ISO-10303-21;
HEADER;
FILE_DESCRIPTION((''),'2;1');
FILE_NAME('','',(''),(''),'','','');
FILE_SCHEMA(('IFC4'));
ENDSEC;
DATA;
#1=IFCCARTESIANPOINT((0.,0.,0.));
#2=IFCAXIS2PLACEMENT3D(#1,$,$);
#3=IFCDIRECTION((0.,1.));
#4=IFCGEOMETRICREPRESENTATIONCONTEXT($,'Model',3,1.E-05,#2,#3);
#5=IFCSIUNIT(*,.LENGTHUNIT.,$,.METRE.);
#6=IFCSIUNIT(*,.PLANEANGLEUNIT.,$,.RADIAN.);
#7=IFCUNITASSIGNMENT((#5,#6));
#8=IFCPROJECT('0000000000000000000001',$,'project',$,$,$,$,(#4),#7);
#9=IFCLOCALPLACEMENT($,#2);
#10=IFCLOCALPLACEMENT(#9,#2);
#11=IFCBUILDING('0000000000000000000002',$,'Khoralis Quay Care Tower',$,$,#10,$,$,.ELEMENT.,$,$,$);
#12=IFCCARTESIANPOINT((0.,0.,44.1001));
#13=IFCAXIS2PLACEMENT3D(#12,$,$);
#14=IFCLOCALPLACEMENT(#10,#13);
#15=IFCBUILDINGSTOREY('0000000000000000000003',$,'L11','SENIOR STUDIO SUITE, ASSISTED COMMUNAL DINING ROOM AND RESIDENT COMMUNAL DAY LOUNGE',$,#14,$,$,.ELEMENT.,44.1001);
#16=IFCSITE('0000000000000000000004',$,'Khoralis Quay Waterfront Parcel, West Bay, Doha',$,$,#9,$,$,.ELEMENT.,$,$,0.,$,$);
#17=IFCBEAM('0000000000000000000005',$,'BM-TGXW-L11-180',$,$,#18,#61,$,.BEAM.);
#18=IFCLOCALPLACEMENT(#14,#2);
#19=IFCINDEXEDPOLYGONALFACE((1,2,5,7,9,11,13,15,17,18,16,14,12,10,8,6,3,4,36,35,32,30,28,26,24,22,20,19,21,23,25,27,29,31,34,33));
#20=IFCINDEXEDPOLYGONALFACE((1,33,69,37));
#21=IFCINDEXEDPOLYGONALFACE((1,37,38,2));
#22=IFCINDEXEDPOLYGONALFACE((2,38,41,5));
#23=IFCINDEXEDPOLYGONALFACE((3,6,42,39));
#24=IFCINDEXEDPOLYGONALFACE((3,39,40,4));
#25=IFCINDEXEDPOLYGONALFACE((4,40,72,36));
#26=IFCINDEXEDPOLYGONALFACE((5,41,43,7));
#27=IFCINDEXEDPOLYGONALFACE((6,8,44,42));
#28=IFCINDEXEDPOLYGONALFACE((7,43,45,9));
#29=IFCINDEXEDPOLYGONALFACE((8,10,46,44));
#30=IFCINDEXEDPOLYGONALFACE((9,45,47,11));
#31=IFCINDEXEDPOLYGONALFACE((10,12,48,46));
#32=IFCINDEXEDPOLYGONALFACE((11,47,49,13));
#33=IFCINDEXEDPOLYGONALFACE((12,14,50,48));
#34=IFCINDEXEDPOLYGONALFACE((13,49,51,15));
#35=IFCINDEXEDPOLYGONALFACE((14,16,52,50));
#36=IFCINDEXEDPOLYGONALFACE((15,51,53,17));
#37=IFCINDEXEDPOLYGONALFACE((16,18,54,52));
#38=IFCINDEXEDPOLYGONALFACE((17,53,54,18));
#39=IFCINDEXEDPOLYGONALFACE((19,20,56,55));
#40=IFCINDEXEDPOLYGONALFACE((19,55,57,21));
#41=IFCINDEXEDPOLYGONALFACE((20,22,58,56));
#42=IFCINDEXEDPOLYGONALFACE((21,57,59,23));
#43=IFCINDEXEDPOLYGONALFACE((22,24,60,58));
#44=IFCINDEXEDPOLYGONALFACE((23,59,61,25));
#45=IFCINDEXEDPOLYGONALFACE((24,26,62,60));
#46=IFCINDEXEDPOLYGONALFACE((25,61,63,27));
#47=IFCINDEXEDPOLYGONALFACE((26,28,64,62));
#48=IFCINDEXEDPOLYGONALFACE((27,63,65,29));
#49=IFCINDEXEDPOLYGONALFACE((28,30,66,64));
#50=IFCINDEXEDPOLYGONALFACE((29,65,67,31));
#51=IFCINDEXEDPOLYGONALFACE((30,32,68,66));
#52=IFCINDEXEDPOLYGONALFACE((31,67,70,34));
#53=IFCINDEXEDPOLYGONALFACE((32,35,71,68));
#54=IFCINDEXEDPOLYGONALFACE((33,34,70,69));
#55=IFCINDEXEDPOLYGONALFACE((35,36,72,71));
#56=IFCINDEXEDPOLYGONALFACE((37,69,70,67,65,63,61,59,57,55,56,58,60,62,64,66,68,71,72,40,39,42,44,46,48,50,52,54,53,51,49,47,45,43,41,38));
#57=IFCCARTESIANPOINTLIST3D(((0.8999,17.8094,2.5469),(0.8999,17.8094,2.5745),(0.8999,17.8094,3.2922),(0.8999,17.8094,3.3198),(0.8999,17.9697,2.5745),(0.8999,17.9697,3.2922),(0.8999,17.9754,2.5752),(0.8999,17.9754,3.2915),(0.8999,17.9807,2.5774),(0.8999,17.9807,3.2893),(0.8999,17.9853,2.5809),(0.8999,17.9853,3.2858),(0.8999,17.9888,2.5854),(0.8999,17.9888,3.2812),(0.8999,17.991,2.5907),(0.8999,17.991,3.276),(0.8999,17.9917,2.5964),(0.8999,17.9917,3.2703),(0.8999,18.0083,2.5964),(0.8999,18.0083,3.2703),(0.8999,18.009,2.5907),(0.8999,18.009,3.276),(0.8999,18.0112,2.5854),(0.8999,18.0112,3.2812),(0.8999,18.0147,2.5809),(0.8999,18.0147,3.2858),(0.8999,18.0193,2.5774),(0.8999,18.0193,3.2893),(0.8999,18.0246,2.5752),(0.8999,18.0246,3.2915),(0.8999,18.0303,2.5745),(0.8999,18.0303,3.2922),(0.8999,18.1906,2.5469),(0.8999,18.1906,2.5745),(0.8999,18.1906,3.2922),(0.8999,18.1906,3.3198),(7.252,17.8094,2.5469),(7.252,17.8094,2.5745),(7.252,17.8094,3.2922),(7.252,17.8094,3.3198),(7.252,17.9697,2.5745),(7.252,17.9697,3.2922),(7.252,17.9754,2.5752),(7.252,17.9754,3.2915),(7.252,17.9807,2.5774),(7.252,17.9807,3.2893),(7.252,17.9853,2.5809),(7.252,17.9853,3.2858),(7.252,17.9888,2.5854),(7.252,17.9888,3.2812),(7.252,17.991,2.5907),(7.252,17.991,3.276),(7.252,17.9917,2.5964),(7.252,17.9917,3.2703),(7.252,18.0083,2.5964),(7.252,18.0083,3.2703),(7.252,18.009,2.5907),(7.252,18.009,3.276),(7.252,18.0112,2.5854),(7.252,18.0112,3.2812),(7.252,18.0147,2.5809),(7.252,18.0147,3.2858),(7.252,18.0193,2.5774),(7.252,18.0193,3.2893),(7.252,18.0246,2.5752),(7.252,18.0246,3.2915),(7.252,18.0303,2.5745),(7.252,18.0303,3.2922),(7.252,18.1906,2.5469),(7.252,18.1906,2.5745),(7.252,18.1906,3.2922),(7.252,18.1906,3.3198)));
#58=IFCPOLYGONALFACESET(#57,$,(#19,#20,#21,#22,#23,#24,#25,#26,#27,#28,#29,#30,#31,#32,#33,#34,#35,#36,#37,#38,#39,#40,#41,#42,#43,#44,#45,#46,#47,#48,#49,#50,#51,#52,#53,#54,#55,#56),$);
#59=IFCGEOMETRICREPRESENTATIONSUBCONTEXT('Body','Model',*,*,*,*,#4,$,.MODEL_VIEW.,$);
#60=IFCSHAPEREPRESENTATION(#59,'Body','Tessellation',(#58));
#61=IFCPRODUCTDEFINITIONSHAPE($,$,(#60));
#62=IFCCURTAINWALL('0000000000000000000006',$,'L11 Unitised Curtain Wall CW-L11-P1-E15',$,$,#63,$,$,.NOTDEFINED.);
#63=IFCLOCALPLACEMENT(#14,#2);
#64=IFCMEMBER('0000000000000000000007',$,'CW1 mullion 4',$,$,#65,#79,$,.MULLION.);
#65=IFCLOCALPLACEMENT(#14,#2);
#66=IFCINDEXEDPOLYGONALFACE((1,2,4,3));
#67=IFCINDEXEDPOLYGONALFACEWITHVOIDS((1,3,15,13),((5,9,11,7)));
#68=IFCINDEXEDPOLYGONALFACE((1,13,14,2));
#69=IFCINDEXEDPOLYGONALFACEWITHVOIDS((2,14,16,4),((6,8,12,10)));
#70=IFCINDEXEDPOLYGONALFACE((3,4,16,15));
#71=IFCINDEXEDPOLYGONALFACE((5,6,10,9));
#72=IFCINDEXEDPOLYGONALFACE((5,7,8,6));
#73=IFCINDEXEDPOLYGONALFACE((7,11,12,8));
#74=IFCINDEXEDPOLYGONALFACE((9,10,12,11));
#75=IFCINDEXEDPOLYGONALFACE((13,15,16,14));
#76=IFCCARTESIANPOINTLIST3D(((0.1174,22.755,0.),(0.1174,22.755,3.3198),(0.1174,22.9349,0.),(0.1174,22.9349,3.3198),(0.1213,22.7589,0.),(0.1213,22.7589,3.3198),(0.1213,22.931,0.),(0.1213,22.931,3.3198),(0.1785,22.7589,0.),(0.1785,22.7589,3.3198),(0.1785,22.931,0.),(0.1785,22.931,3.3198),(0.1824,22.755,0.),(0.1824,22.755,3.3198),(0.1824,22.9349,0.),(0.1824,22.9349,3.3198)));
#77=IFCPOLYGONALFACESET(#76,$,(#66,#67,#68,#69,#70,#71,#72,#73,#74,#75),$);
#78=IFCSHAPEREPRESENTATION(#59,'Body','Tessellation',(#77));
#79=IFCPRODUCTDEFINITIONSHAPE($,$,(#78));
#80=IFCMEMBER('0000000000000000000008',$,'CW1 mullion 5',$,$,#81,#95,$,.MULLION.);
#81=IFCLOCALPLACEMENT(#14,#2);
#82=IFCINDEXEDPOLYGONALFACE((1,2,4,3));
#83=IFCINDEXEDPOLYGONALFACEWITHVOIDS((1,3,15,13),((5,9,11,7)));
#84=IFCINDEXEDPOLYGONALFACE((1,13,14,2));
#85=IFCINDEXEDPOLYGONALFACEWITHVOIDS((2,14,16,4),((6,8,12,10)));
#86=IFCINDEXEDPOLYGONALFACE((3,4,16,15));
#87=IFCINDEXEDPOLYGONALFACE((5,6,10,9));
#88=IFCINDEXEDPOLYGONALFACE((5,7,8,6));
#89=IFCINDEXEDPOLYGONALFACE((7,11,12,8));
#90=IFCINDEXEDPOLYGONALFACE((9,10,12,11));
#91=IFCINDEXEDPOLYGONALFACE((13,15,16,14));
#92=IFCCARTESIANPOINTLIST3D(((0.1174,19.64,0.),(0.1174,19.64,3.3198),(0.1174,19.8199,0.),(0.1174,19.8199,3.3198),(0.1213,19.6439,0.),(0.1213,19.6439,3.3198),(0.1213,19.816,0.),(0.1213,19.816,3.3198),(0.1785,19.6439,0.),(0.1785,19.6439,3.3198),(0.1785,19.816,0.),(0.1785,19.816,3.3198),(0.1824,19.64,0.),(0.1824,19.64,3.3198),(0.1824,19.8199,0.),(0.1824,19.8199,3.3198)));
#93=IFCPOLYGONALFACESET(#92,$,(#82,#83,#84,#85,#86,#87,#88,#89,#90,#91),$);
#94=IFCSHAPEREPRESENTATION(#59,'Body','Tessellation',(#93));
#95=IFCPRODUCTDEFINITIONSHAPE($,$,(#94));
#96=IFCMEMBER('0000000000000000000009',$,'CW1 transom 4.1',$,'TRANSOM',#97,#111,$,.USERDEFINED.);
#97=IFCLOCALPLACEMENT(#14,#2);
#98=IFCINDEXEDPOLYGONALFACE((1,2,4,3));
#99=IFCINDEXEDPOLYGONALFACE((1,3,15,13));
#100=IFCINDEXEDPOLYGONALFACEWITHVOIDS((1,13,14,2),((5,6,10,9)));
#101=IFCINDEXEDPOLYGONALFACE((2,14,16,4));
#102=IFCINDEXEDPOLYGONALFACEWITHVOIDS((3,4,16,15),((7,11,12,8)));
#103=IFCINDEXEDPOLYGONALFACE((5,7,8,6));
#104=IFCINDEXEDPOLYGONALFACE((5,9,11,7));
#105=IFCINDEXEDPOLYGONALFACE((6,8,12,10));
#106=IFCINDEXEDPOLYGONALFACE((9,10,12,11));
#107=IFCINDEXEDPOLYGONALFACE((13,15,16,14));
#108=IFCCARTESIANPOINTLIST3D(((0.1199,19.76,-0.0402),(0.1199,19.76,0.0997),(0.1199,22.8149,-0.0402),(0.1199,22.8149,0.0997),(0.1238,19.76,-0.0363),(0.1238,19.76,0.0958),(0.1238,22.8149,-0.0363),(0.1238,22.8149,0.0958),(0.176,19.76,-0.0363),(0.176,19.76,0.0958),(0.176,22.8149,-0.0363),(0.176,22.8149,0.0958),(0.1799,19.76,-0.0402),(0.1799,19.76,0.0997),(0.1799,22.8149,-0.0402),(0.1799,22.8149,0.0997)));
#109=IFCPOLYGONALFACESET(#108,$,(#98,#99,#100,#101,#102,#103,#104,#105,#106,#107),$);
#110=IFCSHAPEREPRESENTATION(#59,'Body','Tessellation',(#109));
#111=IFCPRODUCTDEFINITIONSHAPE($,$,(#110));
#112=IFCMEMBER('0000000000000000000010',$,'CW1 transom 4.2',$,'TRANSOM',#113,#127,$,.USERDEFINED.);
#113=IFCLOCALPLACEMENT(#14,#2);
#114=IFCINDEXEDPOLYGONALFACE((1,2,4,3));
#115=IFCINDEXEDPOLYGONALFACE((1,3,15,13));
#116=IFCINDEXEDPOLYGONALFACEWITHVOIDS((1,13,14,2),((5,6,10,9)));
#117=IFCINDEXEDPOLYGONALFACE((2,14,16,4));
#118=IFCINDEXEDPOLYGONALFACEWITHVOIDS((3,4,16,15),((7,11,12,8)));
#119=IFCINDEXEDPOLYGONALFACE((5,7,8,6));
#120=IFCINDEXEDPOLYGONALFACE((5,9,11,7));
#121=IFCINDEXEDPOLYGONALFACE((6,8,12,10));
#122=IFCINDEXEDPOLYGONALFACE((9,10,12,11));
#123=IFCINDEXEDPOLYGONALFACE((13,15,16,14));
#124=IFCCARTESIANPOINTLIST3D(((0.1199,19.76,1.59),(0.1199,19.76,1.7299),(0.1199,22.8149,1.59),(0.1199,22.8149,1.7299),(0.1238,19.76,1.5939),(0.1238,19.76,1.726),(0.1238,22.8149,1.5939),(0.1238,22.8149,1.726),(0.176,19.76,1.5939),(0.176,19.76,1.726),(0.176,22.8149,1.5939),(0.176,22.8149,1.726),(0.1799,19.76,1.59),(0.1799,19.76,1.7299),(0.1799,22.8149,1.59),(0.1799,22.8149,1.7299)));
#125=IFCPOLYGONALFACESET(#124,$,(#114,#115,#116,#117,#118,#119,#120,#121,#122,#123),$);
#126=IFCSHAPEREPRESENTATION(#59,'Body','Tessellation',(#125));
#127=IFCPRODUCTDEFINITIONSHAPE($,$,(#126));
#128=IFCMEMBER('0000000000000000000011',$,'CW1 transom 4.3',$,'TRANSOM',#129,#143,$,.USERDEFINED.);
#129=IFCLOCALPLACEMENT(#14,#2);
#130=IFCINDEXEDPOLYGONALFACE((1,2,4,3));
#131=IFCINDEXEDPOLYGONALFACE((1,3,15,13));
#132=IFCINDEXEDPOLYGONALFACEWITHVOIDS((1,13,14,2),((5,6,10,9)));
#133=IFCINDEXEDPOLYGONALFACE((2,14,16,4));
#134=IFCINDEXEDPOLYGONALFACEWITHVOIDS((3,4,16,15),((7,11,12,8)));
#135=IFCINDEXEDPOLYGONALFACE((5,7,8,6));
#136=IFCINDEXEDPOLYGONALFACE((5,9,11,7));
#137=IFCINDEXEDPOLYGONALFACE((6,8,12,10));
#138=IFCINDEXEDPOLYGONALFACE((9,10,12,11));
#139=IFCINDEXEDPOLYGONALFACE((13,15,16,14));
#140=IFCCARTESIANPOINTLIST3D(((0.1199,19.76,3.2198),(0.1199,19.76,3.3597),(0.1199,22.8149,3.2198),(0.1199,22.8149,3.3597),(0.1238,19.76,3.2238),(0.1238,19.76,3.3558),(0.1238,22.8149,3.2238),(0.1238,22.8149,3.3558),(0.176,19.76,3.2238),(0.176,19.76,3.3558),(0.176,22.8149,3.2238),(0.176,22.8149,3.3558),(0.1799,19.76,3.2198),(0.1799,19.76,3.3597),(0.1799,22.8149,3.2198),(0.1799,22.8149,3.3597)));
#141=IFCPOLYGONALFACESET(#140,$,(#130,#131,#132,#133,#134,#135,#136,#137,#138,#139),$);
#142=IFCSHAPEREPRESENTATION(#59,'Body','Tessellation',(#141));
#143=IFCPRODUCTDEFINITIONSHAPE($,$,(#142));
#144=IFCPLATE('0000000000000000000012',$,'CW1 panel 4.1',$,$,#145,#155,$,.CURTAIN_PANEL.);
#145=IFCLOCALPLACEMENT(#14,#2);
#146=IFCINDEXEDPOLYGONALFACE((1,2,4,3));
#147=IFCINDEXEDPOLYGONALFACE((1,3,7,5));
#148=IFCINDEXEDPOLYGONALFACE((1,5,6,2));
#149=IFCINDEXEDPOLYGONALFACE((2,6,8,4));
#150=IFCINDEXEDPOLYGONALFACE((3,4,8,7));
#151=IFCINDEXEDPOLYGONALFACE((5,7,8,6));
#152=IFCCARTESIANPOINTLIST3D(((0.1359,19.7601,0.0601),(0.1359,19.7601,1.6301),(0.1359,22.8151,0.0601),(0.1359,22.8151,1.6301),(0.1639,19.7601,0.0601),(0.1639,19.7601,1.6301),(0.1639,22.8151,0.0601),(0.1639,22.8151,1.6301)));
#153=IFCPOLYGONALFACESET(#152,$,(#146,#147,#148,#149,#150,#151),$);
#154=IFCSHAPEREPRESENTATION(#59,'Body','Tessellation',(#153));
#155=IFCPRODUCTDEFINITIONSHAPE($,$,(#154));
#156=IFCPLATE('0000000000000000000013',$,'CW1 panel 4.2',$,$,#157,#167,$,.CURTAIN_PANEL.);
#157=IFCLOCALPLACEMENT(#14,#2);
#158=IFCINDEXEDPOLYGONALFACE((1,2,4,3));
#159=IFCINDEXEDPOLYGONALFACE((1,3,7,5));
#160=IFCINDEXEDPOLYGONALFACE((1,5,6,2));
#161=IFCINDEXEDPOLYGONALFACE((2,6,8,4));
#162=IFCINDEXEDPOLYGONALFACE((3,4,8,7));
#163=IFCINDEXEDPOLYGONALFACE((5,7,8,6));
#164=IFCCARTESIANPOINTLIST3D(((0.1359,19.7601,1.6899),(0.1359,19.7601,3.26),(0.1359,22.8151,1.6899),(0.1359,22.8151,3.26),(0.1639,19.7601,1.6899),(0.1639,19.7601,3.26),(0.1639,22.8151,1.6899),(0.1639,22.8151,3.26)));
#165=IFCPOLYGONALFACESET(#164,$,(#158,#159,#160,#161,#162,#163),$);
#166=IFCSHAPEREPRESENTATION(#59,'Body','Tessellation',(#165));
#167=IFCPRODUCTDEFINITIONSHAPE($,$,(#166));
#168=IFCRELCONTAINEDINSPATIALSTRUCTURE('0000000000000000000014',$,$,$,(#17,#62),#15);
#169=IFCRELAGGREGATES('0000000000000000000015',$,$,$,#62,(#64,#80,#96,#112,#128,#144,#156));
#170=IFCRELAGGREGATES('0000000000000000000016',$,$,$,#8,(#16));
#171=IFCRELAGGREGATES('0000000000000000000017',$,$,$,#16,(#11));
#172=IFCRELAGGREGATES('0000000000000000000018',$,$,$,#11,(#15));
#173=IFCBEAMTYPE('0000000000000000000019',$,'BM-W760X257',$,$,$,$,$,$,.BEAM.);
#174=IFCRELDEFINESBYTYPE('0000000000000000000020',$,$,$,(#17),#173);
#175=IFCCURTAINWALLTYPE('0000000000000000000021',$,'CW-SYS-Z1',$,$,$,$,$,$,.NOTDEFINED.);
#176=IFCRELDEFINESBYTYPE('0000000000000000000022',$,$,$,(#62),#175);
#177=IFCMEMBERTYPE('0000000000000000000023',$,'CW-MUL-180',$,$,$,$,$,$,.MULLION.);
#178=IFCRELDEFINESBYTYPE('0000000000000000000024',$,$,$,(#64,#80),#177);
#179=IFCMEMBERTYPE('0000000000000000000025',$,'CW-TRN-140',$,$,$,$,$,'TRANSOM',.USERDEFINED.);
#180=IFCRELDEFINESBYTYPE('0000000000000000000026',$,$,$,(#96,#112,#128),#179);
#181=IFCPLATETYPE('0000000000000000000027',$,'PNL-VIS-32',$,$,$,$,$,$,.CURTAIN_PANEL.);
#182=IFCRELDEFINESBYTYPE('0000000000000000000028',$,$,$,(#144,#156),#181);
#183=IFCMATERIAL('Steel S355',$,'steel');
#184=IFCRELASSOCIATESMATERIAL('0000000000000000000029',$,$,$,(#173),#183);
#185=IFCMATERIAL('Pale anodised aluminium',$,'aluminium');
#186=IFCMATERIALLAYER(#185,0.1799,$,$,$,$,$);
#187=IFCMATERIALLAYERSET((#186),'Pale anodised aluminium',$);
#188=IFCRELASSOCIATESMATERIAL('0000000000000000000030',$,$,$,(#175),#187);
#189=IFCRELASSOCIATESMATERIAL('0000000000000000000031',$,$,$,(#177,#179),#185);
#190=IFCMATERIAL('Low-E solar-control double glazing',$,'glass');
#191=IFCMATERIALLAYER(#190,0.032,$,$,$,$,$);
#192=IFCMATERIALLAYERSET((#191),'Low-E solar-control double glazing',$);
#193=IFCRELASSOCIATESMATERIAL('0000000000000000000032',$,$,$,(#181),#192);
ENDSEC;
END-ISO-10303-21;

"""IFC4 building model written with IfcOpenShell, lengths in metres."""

from ifc_helpers import new_model, si_unit, direction, frame, origin, origin_2d, place, context, subcontext, project, spatial, rectangle, hollow_rectangle, i_section, extrude, source, transform, mapped, material, layer, layer_set, material_profile, profile_set, type_object, element, aggregate, save


model = new_model("IFC4")

# Units and contexts
model_context = context("Model", 3, precision=1e-05, world=origin(), true_north=direction((0.0, 1.0)))
body_context = subcontext(model_context, "Body", "Model", "MODEL_VIEW")
ifc_project = project(units=[si_unit("LENGTHUNIT", "METRE"), si_unit("PLANEANGLEUNIT", "RADIAN")], contexts=[model_context])

# Site, building, storey
site_placement = place(None, origin())
site = spatial("IfcSite", under=ifc_project, at=site_placement, Name="Khoralis Quay Waterfront Parcel, West Bay, Doha", CompositionType="ELEMENT", RefElevation=0.0)
building_placement = place(site_placement, origin())
building = spatial("IfcBuilding", under=site, at=building_placement, Name="Khoralis Quay Care Tower", CompositionType="ELEMENT")
storey_placement = place(building_placement, frame((0.0, 0.0, 44.1001)))
storey = spatial("IfcBuildingStorey", under=building, at=storey_placement, Name="L11", Description="SENIOR STUDIO SUITE, ASSISTED COMMUNAL DINING ROOM AND RESIDENT COMMUNAL DAY LOUNGE", CompositionType="ELEMENT", Elevation=44.1001)

# Beam
ifc_material_1 = material(Name="Steel S355", Category="steel")
ifc_material_profile_1 = material_profile(ifc_material_1, i_section(OverallWidth=0.3811, OverallDepth=0.7729, WebThickness=0.0166, FlangeThickness=0.0276, FilletRadius=0.022, at=origin_2d()), Name="Steel S355")
ifc_profile_set_1 = profile_set([ifc_material_profile_1], Name="Steel S355")
beam_type_1 = type_object("IfcBeamType", Name="BM-W760X257", PredefinedType="BEAM", material=ifc_profile_set_1)
shared_shape_1 = source(origin(), body_context, "Body", "SweptSolid", [
    extrude(i_section(OverallWidth=0.3811, OverallDepth=0.7729, WebThickness=0.0166, FlangeThickness=0.0276, FilletRadius=0.022, at=origin_2d()), origin(), (0.0, 0.0, 1.0), 6.3521),
])
beam_1_placement = place(storey_placement, frame((0.8999, 18.0, 2.9333), z_axis=(1.0, 0.0, 0.0), x_axis=(0.0, 1.0, 0.0)))
element("IfcBeam", 1, at=beam_1_placement, inside=storey, type_object=beam_type_1, Name="BM-TGXW-L11-180", PredefinedType="BEAM", context=body_context, shape_type="MappedRepresentation", body=[
    mapped(shared_shape_1, transform((0.0, 0.0, 0.0), scale=1.0)),
])

# Curtain wall, members, plates
ifc_material_2 = material(Name="Pale anodised aluminium", Category="aluminium")
ifc_layer_1 = layer(ifc_material_2, 0.1799)
ifc_layer_set_1 = layer_set([ifc_layer_1], Name="Pale anodised aluminium")
curtain_wall_type = type_object("IfcCurtainWallType", Name="CW-SYS-Z1", PredefinedType="NOTDEFINED", material=ifc_layer_set_1)
curtain_wall_placement = place(storey_placement, origin())
curtain_wall = element("IfcCurtainWall", 2, at=curtain_wall_placement, inside=storey, type_object=curtain_wall_type, Name="L11 Unitised Curtain Wall CW-L11-P1-E15", PredefinedType="NOTDEFINED")
ifc_material_profile_2 = material_profile(ifc_material_2, hollow_rectangle(XDim=0.0649, YDim=0.1799, WallThickness=0.0039, at=origin_2d()), Name="Pale anodised aluminium")
ifc_profile_set_2 = profile_set([ifc_material_profile_2], Name="Pale anodised aluminium")
member_type_1 = type_object("IfcMemberType", Name="CW-MUL-180", PredefinedType="MULLION", material=ifc_profile_set_2)
shared_shape_2 = source(origin(), body_context, "Body", "SweptSolid", [
    extrude(hollow_rectangle(XDim=0.0649, YDim=0.1799, WallThickness=0.0039, at=origin_2d()), origin(), (0.0, 0.0, 1.0), 3.3198),
])
member_1_placement = place(storey_placement, frame((0.1499, 22.845, 0.0), z_axis=(0.0, 0.0, 1.0), x_axis=(1.0, 0.0, 0.0)))
member_1 = element("IfcMember", 3, at=member_1_placement, type_object=member_type_1, Name="CW1 mullion 4", PredefinedType="MULLION", context=body_context, shape_type="MappedRepresentation", body=[
    mapped(shared_shape_2, transform((0.0, 0.0, 0.0), scale=1.0)),
])
member_2_placement = place(storey_placement, frame((0.1499, 19.73, 0.0), z_axis=(0.0, 0.0, 1.0), x_axis=(1.0, 0.0, 0.0)))
member_2 = element("IfcMember", 4, at=member_2_placement, type_object=member_type_1, Name="CW1 mullion 5", PredefinedType="MULLION", context=body_context, shape_type="MappedRepresentation", body=[
    mapped(shared_shape_2, transform((0.0, 0.0, 0.0), scale=1.0)),
])
ifc_material_profile_3 = material_profile(ifc_material_2, hollow_rectangle(XDim=0.0601, YDim=0.1399, WallThickness=0.0039, at=origin_2d()), Name="Pale anodised aluminium")
ifc_profile_set_3 = profile_set([ifc_material_profile_3], Name="Pale anodised aluminium")
member_type_2 = type_object("IfcMemberType", Name="CW-TRN-140", ElementType="TRANSOM", PredefinedType="USERDEFINED", material=ifc_profile_set_3)
shared_shape_3 = source(origin(), body_context, "Body", "SweptSolid", [
    extrude(hollow_rectangle(XDim=0.0601, YDim=0.1399, WallThickness=0.0039, at=origin_2d()), origin(), (0.0, 0.0, 1.0), 3.0549),
])
member_3_placement = place(storey_placement, frame((0.1499, 22.8149, 0.0298), z_axis=(0.0, -1.0, 0.0), x_axis=(1.0, 0.0, 0.0)))
member_3 = element("IfcMember", 5, at=member_3_placement, type_object=member_type_2, Name="CW1 transom 4.1", ObjectType="TRANSOM", PredefinedType="USERDEFINED", context=body_context, shape_type="MappedRepresentation", body=[
    mapped(shared_shape_3, transform((0.0, 0.0, 0.0), scale=1.0)),
])
member_4_placement = place(storey_placement, frame((0.1499, 22.8149, 1.6599), z_axis=(0.0, -1.0, 0.0), x_axis=(1.0, 0.0, 0.0)))
member_4 = element("IfcMember", 6, at=member_4_placement, type_object=member_type_2, Name="CW1 transom 4.2", ObjectType="TRANSOM", PredefinedType="USERDEFINED", context=body_context, shape_type="MappedRepresentation", body=[
    mapped(shared_shape_3, transform((0.0, 0.0, 0.0), scale=1.0)),
])
member_5_placement = place(storey_placement, frame((0.1499, 22.8149, 3.2898), z_axis=(0.0, -1.0, 0.0), x_axis=(1.0, 0.0, 0.0)))
member_5 = element("IfcMember", 7, at=member_5_placement, type_object=member_type_2, Name="CW1 transom 4.3", ObjectType="TRANSOM", PredefinedType="USERDEFINED", context=body_context, shape_type="MappedRepresentation", body=[
    mapped(shared_shape_3, transform((0.0, 0.0, 0.0), scale=1.0)),
])
ifc_material_3 = material(Name="Low-E solar-control double glazing", Category="glass")
ifc_layer_2 = layer(ifc_material_3, 0.032)
ifc_layer_set_2 = layer_set([ifc_layer_2], Name="Low-E solar-control double glazing")
plate_type = type_object("IfcPlateType", Name="PNL-VIS-32", PredefinedType="CURTAIN_PANEL", material=ifc_layer_set_2)
shared_shape_4 = source(origin(), body_context, "Body", "SweptSolid", [
    extrude(rectangle(XDim=3.0549, YDim=0.0281, at=origin_2d()), origin(), (0.0, 0.0, 1.0), 1.5701),
])
plate_1_placement = place(storey_placement, frame((0.1499, 21.2876, 0.0601), z_axis=(0.0, 0.0, 1.0), x_axis=(0.0, -1.0, 0.0)))
plate_1 = element("IfcPlate", 8, at=plate_1_placement, type_object=plate_type, Name="CW1 panel 4.1", PredefinedType="CURTAIN_PANEL", context=body_context, shape_type="MappedRepresentation", body=[
    mapped(shared_shape_4, transform((0.0, 0.0, 0.0), scale=1.0)),
])
plate_2_placement = place(storey_placement, frame((0.1499, 21.2876, 1.6899), z_axis=(0.0, 0.0, 1.0), x_axis=(0.0, -1.0, 0.0)))
plate_2 = element("IfcPlate", 9, at=plate_2_placement, type_object=plate_type, Name="CW1 panel 4.2", PredefinedType="CURTAIN_PANEL", context=body_context, shape_type="MappedRepresentation", body=[
    mapped(shared_shape_4, transform((0.0, 0.0, 0.0), scale=1.0)),
])
aggregate(curtain_wall, [member_1, member_2, member_3, member_4, member_5, plate_1, plate_2])

save(model, "model.ifc")
